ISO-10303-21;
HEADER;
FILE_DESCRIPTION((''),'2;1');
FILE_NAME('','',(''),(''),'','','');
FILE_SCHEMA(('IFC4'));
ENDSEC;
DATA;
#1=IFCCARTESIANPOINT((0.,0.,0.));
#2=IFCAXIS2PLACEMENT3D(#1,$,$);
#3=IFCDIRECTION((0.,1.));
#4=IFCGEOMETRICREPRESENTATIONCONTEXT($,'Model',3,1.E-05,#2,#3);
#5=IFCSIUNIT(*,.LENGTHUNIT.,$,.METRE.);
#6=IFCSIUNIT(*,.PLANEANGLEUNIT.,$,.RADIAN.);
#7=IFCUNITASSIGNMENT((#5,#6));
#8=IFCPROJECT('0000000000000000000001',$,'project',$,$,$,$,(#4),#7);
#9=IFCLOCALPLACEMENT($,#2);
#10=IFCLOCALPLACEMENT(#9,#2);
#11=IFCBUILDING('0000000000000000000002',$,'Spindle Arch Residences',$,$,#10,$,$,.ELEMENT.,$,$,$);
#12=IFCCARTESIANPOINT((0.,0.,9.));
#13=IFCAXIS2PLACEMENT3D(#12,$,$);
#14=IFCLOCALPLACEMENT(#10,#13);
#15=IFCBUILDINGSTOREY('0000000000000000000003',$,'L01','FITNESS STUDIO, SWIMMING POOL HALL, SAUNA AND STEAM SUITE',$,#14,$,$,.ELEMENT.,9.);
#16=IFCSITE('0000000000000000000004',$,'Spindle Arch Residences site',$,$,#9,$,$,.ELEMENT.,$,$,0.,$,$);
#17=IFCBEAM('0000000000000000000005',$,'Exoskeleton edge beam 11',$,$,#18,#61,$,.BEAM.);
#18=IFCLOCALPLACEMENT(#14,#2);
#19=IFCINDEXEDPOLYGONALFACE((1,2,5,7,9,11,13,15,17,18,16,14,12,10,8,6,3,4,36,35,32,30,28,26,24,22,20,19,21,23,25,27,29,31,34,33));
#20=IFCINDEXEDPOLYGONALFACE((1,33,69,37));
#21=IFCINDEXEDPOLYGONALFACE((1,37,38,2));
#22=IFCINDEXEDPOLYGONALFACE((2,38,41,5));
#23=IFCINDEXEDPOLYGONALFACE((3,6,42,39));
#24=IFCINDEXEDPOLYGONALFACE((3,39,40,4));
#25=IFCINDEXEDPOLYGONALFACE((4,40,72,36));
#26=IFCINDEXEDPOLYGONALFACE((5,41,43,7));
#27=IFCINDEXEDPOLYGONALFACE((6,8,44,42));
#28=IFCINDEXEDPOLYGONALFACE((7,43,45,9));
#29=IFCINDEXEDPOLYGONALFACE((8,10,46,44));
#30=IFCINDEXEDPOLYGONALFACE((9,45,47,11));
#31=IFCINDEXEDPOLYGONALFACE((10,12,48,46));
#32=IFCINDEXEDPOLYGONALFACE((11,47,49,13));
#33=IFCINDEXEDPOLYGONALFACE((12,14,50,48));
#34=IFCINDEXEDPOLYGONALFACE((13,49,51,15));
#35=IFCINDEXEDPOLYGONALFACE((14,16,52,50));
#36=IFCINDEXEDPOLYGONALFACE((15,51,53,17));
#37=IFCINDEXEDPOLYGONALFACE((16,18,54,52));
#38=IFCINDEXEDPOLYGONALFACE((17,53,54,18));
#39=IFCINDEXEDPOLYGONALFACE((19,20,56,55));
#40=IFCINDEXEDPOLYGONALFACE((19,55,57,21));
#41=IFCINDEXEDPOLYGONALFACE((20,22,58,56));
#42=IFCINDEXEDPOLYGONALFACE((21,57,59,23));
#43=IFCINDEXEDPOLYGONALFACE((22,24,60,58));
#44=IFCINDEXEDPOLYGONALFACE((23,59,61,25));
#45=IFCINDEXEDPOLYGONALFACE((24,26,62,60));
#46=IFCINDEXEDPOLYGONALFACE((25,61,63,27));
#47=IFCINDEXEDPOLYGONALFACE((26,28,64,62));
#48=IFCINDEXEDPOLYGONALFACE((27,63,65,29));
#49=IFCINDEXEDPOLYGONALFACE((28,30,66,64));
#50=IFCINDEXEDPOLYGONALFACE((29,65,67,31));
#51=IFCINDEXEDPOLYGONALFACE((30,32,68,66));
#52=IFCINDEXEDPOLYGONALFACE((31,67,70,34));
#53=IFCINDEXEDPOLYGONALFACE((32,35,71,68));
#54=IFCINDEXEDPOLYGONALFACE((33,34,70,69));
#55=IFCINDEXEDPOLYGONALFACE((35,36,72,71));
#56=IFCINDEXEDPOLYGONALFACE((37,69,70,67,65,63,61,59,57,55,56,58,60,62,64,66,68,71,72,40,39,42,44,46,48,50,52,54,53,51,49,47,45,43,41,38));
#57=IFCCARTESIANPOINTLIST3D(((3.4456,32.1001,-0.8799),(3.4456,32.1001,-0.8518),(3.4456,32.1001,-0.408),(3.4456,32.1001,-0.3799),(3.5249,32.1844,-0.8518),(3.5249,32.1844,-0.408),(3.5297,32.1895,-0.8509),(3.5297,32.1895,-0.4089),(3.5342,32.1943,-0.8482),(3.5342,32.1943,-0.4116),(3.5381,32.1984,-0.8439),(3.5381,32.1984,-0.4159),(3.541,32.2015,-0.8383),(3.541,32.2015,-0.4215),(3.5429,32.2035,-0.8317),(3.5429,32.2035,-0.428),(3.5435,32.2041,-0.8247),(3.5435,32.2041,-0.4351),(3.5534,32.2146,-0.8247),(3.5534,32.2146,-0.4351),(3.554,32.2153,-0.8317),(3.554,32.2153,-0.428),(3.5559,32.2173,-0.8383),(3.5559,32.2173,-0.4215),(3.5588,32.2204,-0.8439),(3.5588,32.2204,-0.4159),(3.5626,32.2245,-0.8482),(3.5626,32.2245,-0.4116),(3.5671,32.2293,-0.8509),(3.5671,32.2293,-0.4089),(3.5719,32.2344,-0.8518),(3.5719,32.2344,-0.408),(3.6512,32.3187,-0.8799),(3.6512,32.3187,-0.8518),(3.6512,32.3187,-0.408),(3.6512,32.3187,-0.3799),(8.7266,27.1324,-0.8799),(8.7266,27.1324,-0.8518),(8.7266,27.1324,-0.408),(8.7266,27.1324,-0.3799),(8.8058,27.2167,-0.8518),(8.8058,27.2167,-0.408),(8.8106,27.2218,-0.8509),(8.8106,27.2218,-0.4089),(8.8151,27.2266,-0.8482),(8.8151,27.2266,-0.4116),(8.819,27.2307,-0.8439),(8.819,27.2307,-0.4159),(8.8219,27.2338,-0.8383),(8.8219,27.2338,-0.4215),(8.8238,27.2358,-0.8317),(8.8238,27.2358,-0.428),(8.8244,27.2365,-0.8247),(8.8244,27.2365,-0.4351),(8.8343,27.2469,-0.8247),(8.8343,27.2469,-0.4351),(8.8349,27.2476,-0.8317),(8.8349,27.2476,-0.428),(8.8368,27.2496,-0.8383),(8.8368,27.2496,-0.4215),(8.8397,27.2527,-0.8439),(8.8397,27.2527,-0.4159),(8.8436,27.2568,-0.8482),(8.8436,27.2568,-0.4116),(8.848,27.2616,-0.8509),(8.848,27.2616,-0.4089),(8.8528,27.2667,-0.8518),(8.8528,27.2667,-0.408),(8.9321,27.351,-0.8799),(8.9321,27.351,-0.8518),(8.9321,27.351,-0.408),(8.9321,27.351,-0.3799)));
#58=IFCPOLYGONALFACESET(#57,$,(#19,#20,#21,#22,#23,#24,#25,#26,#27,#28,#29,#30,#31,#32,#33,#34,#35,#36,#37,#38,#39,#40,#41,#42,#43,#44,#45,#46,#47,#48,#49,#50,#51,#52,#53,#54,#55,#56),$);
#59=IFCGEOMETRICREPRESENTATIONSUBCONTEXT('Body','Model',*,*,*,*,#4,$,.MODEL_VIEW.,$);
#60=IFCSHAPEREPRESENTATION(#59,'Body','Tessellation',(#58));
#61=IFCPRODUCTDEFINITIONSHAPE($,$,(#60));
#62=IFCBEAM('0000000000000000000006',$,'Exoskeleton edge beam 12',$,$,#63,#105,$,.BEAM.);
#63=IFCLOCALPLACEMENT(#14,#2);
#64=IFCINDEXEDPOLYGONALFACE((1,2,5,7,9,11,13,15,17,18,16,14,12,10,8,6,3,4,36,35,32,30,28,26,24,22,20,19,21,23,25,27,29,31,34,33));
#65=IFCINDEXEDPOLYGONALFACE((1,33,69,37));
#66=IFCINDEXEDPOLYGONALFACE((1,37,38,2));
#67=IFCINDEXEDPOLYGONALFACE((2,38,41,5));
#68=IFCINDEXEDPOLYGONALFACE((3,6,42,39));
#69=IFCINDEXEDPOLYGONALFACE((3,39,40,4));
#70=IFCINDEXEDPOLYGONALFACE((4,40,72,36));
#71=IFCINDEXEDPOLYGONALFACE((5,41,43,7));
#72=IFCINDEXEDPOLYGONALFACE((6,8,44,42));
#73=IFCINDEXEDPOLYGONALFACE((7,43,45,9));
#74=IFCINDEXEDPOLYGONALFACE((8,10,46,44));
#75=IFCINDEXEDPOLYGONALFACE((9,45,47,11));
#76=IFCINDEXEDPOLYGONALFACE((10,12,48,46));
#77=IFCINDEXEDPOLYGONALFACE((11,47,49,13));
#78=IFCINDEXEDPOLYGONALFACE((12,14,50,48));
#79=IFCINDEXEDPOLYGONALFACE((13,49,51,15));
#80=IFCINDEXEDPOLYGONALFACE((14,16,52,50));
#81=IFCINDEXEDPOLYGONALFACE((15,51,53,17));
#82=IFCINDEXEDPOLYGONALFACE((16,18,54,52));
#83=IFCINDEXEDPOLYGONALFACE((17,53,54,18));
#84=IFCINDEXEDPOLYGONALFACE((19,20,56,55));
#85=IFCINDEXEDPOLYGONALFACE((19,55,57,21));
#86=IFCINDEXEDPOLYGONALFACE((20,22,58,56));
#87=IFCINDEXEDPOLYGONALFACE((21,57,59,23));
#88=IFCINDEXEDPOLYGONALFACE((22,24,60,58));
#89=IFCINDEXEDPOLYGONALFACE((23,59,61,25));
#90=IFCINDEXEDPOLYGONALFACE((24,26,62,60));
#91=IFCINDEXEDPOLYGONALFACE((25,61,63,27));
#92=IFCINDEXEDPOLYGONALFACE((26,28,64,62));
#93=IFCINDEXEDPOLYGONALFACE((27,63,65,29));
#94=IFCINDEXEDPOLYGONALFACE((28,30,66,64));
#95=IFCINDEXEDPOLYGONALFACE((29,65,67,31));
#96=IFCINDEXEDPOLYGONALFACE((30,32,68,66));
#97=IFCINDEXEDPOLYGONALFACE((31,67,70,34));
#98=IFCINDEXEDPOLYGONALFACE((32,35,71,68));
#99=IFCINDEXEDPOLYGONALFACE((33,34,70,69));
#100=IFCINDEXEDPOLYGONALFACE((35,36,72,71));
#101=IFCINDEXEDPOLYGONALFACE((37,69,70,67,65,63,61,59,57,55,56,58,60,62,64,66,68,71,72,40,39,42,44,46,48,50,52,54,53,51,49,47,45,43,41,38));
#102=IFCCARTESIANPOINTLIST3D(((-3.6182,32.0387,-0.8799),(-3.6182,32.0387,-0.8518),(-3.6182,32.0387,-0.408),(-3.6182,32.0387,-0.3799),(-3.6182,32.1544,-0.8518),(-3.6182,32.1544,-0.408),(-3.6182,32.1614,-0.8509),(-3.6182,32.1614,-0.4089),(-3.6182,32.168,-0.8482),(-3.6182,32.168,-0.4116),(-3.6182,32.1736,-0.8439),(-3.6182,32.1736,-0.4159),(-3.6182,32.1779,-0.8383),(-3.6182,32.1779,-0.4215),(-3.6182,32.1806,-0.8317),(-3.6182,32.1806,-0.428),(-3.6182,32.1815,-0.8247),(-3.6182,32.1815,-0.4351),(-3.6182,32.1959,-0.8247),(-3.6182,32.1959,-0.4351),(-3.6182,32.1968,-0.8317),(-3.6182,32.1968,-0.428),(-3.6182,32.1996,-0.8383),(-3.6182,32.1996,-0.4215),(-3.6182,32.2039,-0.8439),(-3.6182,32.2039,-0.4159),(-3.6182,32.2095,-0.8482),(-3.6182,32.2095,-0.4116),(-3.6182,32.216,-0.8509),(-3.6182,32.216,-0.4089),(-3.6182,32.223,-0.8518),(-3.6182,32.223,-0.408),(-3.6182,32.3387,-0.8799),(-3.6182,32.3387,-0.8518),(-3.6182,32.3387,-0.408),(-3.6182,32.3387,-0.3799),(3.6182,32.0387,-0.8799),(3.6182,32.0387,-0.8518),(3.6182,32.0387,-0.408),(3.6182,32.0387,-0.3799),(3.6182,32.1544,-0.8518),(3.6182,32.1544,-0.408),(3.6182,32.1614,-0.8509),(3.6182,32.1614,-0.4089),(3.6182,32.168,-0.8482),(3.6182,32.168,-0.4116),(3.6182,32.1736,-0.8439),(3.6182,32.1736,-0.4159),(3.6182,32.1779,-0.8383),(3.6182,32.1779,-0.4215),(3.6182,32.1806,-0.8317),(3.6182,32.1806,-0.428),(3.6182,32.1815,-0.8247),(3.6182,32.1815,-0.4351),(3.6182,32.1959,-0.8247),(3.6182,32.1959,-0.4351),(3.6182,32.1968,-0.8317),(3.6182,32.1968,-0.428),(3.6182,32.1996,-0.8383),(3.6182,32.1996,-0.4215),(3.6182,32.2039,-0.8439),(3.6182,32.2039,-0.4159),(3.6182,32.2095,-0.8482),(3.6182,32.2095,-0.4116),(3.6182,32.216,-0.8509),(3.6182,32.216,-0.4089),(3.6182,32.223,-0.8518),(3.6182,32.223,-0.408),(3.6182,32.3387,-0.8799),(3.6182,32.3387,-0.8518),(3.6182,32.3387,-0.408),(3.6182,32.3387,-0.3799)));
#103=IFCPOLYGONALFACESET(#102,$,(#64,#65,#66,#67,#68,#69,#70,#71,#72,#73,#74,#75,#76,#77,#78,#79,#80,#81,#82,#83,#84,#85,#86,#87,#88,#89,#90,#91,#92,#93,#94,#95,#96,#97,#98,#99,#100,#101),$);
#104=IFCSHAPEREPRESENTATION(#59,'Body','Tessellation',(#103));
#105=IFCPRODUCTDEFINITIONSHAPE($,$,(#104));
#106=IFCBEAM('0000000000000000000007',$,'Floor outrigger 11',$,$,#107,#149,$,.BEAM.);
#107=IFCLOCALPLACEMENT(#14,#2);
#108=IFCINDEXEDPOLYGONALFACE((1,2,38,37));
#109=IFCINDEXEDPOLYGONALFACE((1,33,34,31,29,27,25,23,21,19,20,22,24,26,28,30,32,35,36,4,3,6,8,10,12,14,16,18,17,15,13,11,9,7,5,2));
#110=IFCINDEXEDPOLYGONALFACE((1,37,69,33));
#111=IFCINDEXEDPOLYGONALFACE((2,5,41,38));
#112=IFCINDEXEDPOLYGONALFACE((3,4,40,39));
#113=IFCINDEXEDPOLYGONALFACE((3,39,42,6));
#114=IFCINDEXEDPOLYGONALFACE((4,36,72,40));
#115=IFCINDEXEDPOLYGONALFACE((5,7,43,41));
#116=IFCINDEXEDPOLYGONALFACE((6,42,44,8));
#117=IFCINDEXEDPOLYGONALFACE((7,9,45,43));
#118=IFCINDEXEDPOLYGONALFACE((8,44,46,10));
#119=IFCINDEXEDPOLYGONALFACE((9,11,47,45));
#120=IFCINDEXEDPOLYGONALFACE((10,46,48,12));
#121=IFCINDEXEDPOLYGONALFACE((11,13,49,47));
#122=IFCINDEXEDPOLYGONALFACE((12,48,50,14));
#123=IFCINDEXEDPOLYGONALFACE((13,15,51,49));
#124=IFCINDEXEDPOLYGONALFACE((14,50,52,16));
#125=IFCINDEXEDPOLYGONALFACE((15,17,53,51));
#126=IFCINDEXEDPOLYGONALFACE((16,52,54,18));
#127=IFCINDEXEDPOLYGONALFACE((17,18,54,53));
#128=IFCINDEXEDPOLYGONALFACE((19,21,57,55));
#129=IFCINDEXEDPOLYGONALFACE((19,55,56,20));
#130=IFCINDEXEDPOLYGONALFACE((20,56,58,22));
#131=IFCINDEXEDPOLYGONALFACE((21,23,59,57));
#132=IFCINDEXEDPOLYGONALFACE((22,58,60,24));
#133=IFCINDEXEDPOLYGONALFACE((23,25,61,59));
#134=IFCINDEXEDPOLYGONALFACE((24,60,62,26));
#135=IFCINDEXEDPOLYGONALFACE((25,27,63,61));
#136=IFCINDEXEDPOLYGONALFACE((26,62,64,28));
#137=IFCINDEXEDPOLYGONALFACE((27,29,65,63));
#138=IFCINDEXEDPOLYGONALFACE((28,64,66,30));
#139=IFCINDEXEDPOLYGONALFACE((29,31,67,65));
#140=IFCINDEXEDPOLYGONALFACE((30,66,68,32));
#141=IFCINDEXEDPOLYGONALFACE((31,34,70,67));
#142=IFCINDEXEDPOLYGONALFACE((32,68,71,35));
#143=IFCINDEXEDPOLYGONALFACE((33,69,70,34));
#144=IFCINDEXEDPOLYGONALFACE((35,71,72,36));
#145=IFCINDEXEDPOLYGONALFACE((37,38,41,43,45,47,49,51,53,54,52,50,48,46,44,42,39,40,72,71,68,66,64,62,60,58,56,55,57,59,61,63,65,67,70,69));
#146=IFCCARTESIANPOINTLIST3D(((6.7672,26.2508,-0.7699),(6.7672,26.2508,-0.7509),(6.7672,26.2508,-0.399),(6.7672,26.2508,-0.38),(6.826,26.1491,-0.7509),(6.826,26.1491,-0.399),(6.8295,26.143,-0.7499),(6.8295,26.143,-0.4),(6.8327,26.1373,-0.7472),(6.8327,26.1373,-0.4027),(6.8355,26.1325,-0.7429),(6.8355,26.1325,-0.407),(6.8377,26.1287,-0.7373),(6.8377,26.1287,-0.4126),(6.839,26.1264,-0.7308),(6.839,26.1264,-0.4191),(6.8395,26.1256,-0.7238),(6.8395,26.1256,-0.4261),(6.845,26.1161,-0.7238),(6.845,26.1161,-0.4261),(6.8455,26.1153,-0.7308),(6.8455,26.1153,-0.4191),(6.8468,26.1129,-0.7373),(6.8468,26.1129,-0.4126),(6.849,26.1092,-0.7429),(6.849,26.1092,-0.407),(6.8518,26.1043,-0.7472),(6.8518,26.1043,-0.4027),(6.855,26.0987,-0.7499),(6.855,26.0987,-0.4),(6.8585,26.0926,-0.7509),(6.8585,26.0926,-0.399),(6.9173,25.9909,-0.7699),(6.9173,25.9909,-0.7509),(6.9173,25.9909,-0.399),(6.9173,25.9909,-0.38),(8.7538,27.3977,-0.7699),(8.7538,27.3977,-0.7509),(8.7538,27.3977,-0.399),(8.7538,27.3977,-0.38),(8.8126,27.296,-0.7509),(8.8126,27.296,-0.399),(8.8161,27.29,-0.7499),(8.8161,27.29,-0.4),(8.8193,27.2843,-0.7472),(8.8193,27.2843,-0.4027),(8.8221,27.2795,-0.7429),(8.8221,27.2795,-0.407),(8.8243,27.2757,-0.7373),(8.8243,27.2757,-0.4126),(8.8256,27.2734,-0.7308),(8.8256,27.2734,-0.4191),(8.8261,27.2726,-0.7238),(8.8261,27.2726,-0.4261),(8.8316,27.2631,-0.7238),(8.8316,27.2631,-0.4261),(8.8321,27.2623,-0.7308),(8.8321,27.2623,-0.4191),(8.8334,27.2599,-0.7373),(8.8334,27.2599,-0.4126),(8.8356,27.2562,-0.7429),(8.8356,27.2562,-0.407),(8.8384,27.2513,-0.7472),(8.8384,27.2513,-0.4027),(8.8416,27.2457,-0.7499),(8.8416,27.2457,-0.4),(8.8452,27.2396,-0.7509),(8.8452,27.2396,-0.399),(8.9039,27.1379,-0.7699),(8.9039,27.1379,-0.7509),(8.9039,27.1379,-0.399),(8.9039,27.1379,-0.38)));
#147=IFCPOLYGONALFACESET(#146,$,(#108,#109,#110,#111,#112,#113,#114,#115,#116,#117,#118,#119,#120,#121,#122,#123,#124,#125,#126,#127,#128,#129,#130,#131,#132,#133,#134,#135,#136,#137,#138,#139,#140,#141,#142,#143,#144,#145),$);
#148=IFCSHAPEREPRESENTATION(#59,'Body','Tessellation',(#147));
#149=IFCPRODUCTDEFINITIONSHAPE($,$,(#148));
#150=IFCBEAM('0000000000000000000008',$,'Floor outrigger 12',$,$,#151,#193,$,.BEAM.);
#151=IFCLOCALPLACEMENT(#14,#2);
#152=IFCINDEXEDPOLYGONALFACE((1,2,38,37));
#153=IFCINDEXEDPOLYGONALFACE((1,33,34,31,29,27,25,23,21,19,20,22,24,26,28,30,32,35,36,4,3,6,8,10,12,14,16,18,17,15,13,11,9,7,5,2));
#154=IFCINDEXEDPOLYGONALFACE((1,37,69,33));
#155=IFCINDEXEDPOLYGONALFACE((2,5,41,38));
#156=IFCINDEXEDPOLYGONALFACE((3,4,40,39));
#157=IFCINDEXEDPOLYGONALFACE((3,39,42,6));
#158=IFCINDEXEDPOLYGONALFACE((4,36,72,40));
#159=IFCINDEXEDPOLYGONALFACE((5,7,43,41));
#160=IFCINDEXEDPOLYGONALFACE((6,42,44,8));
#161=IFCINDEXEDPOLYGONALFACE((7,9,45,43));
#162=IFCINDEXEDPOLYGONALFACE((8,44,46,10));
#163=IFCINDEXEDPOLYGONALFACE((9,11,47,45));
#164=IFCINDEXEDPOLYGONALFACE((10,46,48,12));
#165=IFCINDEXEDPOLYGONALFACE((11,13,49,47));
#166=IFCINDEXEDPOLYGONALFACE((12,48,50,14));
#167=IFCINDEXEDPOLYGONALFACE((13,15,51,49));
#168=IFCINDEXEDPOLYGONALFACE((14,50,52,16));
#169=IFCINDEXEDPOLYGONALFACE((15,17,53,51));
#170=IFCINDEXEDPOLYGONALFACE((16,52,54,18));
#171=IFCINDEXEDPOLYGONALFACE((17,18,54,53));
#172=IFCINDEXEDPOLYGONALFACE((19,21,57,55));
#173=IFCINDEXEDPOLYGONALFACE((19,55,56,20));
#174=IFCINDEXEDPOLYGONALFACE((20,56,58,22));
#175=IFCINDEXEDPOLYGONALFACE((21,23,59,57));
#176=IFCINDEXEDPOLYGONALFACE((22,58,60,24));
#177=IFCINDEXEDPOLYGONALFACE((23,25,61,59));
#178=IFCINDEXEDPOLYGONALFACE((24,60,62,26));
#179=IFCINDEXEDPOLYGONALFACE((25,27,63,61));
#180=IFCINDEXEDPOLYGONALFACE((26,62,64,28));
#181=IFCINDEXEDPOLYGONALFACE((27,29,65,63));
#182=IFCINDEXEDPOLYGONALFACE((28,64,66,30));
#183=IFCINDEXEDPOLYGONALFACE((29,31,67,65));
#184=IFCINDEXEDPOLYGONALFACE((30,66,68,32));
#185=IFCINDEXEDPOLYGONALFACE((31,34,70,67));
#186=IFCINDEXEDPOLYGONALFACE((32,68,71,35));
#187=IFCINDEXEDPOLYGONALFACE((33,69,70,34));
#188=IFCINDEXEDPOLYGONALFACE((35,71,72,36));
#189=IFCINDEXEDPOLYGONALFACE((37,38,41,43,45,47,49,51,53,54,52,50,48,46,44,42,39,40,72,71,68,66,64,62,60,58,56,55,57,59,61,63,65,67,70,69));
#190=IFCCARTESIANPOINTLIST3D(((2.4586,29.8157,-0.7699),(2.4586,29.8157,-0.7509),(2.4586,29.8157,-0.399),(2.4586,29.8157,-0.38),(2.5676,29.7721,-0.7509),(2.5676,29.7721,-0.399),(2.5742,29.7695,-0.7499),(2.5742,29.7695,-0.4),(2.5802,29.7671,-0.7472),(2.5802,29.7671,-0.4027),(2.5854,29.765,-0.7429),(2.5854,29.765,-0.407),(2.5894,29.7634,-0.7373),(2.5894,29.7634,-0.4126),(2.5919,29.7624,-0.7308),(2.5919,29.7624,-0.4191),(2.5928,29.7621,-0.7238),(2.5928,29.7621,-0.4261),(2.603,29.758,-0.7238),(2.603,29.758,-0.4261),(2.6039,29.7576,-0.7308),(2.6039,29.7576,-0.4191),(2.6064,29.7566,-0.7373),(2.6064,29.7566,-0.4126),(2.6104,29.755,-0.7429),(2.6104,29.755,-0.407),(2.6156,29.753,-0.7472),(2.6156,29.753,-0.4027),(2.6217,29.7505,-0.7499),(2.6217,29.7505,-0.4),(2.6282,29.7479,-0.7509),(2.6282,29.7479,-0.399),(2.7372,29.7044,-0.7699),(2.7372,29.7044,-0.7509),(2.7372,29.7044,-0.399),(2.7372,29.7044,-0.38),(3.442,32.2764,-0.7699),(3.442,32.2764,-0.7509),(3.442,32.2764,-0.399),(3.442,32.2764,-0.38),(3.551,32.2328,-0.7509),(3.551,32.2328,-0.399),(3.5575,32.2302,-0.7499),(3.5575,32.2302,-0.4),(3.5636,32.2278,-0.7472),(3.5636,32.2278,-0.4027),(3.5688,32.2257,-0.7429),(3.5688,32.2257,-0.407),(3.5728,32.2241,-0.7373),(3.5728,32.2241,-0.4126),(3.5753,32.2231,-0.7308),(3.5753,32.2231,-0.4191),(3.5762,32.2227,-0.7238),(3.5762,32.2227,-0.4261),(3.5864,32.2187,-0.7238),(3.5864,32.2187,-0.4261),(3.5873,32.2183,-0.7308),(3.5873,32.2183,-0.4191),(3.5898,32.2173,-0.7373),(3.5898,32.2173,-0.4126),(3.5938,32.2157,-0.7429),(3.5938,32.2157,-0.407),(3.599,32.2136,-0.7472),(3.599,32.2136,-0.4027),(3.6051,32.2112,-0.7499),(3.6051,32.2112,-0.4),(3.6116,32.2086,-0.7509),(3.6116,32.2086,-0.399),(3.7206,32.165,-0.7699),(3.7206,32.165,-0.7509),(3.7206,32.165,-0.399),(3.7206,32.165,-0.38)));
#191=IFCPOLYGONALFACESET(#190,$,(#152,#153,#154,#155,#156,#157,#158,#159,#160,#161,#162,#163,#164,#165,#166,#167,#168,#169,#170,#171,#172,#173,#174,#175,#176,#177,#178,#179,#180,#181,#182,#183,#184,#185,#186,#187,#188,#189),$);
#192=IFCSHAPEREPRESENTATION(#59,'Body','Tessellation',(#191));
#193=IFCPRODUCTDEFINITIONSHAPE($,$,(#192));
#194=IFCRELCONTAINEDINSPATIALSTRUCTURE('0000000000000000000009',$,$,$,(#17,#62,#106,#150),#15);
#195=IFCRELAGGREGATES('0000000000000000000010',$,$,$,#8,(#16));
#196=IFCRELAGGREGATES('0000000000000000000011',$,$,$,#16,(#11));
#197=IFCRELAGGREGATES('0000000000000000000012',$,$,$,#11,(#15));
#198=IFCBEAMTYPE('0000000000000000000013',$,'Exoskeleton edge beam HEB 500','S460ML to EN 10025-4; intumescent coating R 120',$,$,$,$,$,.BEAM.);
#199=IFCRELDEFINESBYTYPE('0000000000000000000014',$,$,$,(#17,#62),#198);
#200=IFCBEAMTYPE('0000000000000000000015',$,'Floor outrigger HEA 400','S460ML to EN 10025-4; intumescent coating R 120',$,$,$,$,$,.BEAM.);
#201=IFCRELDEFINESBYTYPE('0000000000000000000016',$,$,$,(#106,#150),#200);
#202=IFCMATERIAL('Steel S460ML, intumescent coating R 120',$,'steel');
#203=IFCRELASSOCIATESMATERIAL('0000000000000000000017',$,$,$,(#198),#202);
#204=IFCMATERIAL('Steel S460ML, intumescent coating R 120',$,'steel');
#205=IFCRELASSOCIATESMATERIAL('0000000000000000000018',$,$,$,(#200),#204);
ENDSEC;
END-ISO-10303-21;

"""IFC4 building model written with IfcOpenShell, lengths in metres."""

from ifc_helpers import new_model, si_unit, direction, frame, origin, origin_2d, place, context, subcontext, project, spatial, i_section, extrude, material, material_profile, profile_set, type_object, element, save


model = new_model("IFC4")

# Units and contexts
model_context = context("Model", 3, precision=1e-05, world=origin(), true_north=direction((0.0, 1.0)))
body_context = subcontext(model_context, "Body", "Model", "MODEL_VIEW")
ifc_project = project(units=[si_unit("LENGTHUNIT", "METRE"), si_unit("PLANEANGLEUNIT", "RADIAN")], contexts=[model_context])

# Site, building, storey
site_placement = place(None, origin())
site = spatial("IfcSite", under=ifc_project, at=site_placement, Name="Spindle Arch Residences site", CompositionType="ELEMENT", RefElevation=0.0)
building_placement = place(site_placement, origin())
building = spatial("IfcBuilding", under=site, at=building_placement, Name="Spindle Arch Residences", CompositionType="ELEMENT")
storey_placement = place(building_placement, frame((0.0, 0.0, 9.0)))
storey = spatial("IfcBuildingStorey", under=building, at=storey_placement, Name="L01", Description="FITNESS STUDIO, SWIMMING POOL HALL, SAUNA AND STEAM SUITE", CompositionType="ELEMENT", Elevation=9.0)

# Beams
ifc_material_1 = material(Name="Steel S460ML, intumescent coating R 120", Category="steel")
ifc_material_profile_1 = material_profile(ifc_material_1, i_section(OverallWidth=0.3, OverallDepth=0.5, WebThickness=0.0144, FlangeThickness=0.0281, FilletRadius=0.0271, at=origin_2d()), Name="HEB 500")
ifc_profile_set_1 = profile_set([ifc_material_profile_1], Name="Steel S460ML, intumescent coating R 120")
beam_type_1 = type_object("IfcBeamType", Name="Exoskeleton edge beam HEB 500", Description="S460ML to EN 10025-4; intumescent coating R 120", PredefinedType="BEAM", material=ifc_profile_set_1)
beam_1_placement = place(storey_placement, frame((8.8293, 27.2417, -0.6299), z_axis=(-0.728378, 0.685176, 0.0), x_axis=(-0.685176, -0.728378, 0.0)))
element("IfcBeam", 1, at=beam_1_placement, inside=storey, type_object=beam_type_1, Name="Exoskeleton edge beam 11", PredefinedType="BEAM", context=body_context, shape_type="SweptSolid", body=[
    extrude(i_section(OverallWidth=0.3, OverallDepth=0.5, WebThickness=0.0144, FlangeThickness=0.0281, FilletRadius=0.0271, at=origin_2d()), origin(), (0.0, 0.0, 1.0), 7.2502),
])
beam_2_placement = place(storey_placement, frame((3.6182, 32.1887, -0.6299), z_axis=(-1.0, 0.0, 0.0), x_axis=(0.0, -1.0, 0.0)))
element("IfcBeam", 2, at=beam_2_placement, inside=storey, type_object=beam_type_1, Name="Exoskeleton edge beam 12", PredefinedType="BEAM", context=body_context, shape_type="SweptSolid", body=[
    extrude(i_section(OverallWidth=0.3, OverallDepth=0.5, WebThickness=0.0144, FlangeThickness=0.0281, FilletRadius=0.0271, at=origin_2d()), origin(), (0.0, 0.0, 1.0), 7.2363),
])
ifc_material_2 = material(Name="Steel S460ML, intumescent coating R 120", Category="steel")
ifc_material_profile_2 = material_profile(ifc_material_2, i_section(OverallWidth=0.3, OverallDepth=0.3899, WebThickness=0.011, FlangeThickness=0.019, FilletRadius=0.0271, at=origin_2d()), Name="HEA 400")
ifc_profile_set_2 = profile_set([ifc_material_profile_2], Name="Steel S460ML, intumescent coating R 120")
beam_type_2 = type_object("IfcBeamType", Name="Floor outrigger HEA 400", Description="S460ML to EN 10025-4; intumescent coating R 120", PredefinedType="BEAM", material=ifc_profile_set_2)
beam_3_placement = place(storey_placement, frame((8.8289, 27.2678, -0.575), z_axis=(-0.866021, -0.500008, 0.0), x_axis=(0.500008, -0.866021, 0.0)))
element("IfcBeam", 3, at=beam_3_placement, inside=storey, type_object=beam_type_2, Name="Floor outrigger 11", PredefinedType="BEAM", context=body_context, shape_type="SweptSolid", body=[
    extrude(i_section(OverallWidth=0.3, OverallDepth=0.3899, WebThickness=0.011, FlangeThickness=0.019, FilletRadius=0.0271, at=origin_2d()), origin(), (0.0, 0.0, 1.0), 2.2939),
])
beam_4_placement = place(storey_placement, frame((3.5813, 32.2207, -0.575), z_axis=(-0.371105, -0.928591, 0.0), x_axis=(0.928591, -0.371105, 0.0)))
element("IfcBeam", 4, at=beam_4_placement, inside=storey, type_object=beam_type_2, Name="Floor outrigger 12", PredefinedType="BEAM", context=body_context, shape_type="SweptSolid", body=[
    extrude(i_section(OverallWidth=0.3, OverallDepth=0.3899, WebThickness=0.011, FlangeThickness=0.019, FilletRadius=0.0271, at=origin_2d()), origin(), (0.0, 0.0, 1.0), 2.6499),
])

save(model, "model.ifc")
